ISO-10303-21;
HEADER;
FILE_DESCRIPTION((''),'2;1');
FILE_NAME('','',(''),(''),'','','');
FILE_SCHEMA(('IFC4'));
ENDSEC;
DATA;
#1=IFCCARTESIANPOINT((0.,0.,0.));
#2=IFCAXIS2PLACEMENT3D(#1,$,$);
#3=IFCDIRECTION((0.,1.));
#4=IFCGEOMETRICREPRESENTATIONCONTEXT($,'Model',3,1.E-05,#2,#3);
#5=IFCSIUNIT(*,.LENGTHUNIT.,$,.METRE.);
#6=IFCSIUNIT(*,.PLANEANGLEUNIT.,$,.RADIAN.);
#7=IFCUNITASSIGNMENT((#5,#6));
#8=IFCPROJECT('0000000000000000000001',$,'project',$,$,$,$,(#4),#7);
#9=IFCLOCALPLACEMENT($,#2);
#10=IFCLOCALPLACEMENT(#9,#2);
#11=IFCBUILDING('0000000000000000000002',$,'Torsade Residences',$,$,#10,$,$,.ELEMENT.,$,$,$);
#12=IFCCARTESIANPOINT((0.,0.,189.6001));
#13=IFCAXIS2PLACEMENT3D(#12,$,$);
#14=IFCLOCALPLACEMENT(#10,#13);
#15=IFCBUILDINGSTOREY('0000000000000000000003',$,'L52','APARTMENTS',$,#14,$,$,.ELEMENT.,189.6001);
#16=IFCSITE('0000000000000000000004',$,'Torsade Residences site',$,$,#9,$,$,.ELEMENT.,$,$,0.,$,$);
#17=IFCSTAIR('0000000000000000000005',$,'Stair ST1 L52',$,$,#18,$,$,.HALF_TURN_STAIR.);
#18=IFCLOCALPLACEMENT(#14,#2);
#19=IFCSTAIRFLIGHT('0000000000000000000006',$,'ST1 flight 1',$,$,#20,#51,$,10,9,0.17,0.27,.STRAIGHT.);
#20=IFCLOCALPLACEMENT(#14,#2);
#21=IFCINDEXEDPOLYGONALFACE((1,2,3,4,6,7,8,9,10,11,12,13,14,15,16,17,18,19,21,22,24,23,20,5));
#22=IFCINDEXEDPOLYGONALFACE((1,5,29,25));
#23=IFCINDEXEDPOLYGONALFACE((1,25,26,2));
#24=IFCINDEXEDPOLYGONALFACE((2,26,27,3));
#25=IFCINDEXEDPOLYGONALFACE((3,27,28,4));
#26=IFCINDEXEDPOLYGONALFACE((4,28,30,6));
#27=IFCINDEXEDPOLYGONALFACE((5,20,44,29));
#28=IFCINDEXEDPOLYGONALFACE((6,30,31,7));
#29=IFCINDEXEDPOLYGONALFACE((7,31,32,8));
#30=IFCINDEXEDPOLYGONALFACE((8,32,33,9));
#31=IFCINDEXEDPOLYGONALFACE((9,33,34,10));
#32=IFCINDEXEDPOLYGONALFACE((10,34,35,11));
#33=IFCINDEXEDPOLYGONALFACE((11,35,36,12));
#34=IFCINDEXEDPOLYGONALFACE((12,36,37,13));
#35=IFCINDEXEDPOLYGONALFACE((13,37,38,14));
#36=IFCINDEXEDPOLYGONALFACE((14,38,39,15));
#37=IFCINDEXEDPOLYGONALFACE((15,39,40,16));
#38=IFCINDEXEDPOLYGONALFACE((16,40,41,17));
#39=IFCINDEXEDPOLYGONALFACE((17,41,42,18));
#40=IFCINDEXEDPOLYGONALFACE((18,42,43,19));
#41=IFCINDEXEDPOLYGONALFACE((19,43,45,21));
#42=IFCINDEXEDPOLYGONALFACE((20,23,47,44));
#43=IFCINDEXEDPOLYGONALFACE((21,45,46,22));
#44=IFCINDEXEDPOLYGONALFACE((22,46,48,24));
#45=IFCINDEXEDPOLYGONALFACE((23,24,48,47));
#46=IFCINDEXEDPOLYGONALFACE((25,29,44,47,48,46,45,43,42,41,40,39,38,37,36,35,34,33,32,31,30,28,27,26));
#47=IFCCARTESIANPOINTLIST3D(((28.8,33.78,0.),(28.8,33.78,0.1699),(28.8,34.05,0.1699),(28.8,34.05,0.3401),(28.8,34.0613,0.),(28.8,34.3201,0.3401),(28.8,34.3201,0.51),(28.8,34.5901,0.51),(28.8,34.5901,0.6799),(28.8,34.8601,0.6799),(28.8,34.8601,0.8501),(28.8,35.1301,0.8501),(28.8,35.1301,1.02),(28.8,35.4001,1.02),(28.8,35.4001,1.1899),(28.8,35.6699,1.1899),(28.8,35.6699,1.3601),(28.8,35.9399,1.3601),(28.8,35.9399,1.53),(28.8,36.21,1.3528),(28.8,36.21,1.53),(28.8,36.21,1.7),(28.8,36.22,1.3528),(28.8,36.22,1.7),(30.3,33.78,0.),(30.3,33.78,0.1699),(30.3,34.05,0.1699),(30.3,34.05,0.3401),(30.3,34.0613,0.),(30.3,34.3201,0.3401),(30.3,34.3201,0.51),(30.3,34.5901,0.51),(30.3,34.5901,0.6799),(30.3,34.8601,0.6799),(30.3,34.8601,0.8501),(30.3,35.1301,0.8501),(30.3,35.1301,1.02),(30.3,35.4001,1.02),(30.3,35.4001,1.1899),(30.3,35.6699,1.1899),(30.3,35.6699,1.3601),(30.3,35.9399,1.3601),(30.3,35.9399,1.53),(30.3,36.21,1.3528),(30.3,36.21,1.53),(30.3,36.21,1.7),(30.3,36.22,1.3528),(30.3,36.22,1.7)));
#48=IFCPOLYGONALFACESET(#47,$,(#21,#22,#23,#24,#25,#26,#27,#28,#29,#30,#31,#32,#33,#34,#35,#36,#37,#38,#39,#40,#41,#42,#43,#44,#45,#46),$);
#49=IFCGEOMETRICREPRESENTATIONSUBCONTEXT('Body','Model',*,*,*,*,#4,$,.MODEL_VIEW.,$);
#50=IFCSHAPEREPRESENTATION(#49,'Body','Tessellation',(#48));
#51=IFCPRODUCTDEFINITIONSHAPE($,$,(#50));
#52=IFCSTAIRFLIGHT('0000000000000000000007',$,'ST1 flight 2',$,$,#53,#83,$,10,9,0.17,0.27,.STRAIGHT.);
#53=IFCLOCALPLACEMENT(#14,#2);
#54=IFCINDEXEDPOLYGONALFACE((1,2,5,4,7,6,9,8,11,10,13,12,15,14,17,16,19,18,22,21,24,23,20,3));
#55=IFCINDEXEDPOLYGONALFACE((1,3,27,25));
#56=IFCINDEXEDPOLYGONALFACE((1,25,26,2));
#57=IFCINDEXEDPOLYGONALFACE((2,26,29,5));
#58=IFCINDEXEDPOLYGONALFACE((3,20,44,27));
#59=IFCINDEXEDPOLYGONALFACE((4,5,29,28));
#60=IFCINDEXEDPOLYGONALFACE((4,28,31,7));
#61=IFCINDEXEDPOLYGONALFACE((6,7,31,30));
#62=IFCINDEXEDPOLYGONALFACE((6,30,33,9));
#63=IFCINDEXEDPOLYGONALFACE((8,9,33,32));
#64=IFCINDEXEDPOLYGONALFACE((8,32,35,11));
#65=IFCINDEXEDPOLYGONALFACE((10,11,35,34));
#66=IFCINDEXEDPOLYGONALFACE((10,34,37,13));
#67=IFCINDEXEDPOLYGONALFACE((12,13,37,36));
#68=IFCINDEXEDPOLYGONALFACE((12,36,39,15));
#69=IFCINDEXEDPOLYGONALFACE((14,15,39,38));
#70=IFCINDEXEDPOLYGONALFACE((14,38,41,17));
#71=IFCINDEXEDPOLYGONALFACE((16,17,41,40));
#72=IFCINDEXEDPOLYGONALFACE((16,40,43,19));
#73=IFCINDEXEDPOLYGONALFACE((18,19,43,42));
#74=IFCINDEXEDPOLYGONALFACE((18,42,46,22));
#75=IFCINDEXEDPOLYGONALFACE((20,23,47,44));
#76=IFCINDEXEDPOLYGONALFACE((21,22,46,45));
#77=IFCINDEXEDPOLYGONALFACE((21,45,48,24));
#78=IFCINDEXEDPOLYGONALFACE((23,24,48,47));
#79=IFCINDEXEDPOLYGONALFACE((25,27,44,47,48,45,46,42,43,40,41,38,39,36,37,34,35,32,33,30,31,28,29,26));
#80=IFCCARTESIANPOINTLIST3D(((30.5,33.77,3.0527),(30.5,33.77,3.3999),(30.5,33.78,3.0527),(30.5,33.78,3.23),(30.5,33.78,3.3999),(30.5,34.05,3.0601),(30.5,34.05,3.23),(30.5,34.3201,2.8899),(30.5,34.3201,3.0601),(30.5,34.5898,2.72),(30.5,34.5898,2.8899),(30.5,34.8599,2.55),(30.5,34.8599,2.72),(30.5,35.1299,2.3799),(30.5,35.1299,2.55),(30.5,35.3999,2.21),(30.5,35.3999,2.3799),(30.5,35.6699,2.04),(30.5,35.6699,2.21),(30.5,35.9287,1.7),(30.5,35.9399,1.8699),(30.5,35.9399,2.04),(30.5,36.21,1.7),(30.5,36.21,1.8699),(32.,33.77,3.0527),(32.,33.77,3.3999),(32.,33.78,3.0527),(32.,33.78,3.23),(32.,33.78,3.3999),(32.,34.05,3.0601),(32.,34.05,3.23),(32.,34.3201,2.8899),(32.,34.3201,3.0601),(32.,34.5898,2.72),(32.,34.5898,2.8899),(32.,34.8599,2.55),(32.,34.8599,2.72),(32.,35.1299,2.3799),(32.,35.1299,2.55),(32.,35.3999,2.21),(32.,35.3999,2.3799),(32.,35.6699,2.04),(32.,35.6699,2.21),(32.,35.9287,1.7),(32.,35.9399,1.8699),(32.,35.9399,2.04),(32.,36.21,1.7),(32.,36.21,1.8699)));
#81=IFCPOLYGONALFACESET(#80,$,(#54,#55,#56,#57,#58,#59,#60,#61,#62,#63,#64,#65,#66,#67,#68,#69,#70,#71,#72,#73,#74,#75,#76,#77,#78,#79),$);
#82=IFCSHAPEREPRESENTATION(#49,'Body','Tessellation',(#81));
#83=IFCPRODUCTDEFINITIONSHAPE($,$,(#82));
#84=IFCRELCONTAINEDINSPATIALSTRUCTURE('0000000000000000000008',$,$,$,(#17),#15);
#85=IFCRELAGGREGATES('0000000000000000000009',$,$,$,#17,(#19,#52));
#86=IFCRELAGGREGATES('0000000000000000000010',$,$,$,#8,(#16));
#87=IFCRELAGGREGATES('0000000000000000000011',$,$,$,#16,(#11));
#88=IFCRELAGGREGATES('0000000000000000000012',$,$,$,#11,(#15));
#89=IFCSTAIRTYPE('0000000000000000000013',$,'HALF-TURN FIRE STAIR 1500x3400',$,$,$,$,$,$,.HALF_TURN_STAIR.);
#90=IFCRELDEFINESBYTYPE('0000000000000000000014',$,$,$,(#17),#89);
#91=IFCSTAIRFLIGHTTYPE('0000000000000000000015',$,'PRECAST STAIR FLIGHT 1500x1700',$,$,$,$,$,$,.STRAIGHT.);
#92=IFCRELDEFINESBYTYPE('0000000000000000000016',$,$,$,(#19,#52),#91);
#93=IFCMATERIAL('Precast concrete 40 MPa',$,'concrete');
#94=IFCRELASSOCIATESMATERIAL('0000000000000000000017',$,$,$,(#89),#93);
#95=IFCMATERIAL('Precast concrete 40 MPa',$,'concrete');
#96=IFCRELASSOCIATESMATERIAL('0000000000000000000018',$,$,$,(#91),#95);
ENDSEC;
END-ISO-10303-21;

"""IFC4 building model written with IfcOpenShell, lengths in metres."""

from ifc_helpers import new_model, si_unit, direction, frame, origin, place, context, subcontext, project, spatial, polyline, outline, extrude, material, type_object, element, aggregate, save


model = new_model("IFC4")

# Units and contexts
model_context = context("Model", 3, precision=1e-05, world=origin(), true_north=direction((0.0, 1.0)))
body_context = subcontext(model_context, "Body", "Model", "MODEL_VIEW")
ifc_project = project(units=[si_unit("LENGTHUNIT", "METRE"), si_unit("PLANEANGLEUNIT", "RADIAN")], contexts=[model_context])

# Site, building, storey
site_placement = place(None, origin())
site = spatial("IfcSite", under=ifc_project, at=site_placement, Name="Torsade Residences site", CompositionType="ELEMENT", RefElevation=0.0)
building_placement = place(site_placement, origin())
building = spatial("IfcBuilding", under=site, at=building_placement, Name="Torsade Residences", CompositionType="ELEMENT")
storey_placement = place(building_placement, frame((0.0, 0.0, 189.6001)))
storey = spatial("IfcBuildingStorey", under=building, at=storey_placement, Name="L52", Description="APARTMENTS", CompositionType="ELEMENT", Elevation=189.6001)

# Stair, stair flights
ifc_material_1 = material(Name="Precast concrete 40 MPa", Category="concrete")
stair_type = type_object("IfcStairType", Name="HALF-TURN FIRE STAIR 1500x3400", PredefinedType="HALF_TURN_STAIR", material=ifc_material_1)
stair_placement = place(storey_placement, origin())
stair = element("IfcStair", 1, at=stair_placement, inside=storey, type_object=stair_type, Name="Stair ST1 L52", PredefinedType="HALF_TURN_STAIR")
ifc_material_2 = material(Name="Precast concrete 40 MPa", Category="concrete")
stair_flight_type = type_object("IfcStairFlightType", Name="PRECAST STAIR FLIGHT 1500x1700", PredefinedType="STRAIGHT", material=ifc_material_2)
stair_flight_1_placement = place(storey_placement, frame((29.55, 33.78, 0.0), z_axis=(0.0, 0.0, 1.0), x_axis=(0.0, 1.0, 0.0)))
stair_flight_1 = element("IfcStairFlight", 2, at=stair_flight_1_placement, type_object=stair_flight_type, Name="ST1 flight 1", NumberOfRisers=10, NumberOfTreads=9, PredefinedType="STRAIGHT", RiserHeight=0.17, TreadLength=0.27, context=body_context, shape_type="SweptSolid", body=[
    extrude(outline(polyline([(0.0, 0.0), (0.0, 0.1699), (0.27, 0.1699), (0.27, 0.3401), (0.54, 0.3401), (0.54, 0.51), (0.8101, 0.51), (0.8101, 0.6799), (1.0801, 0.6799), (1.0801, 0.8501), (1.3501, 0.8501), (1.3501, 1.02), (1.6201, 1.02), (1.6201, 1.1899), (1.8899, 1.1899), (1.8899, 1.3601), (2.1599, 1.3601), (2.1599, 1.53), (2.4299, 1.53), (2.4299, 1.7), (2.4399, 1.7), (2.4399, 1.3528), (2.4299, 1.3528), (0.2812, 0.0), (0.0, 0.0)])), frame((0.0, 0.75, 0.0), z_axis=(0.0, -1.0, 0.0), x_axis=(1.0, 0.0, 0.0)), (0.0, 0.0, 1.0), 1.5),
])
stair_flight_2_placement = place(storey_placement, frame((31.25, 36.21, 1.7), z_axis=(0.0, 0.0, 1.0), x_axis=(0.0, -1.0, 0.0)))
stair_flight_2 = element("IfcStairFlight", 3, at=stair_flight_2_placement, type_object=stair_flight_type, Name="ST1 flight 2", NumberOfRisers=10, NumberOfTreads=9, PredefinedType="STRAIGHT", RiserHeight=0.17, TreadLength=0.27, context=body_context, shape_type="SweptSolid", body=[
    extrude(outline(polyline([(0.0, 0.0), (0.0, 0.1699), (0.27, 0.1699), (0.27, 0.3401), (0.54, 0.3401), (0.54, 0.51), (0.8101, 0.51), (0.8101, 0.6799), (1.0801, 0.6799), (1.0801, 0.8501), (1.3501, 0.8501), (1.3501, 1.02), (1.6201, 1.02), (1.6201, 1.1899), (1.8899, 1.1899), (1.8899, 1.3601), (2.1599, 1.3601), (2.1599, 1.53), (2.4299, 1.53), (2.4299, 1.7), (2.4399, 1.7), (2.4399, 1.3528), (2.4299, 1.3528), (0.2812, 0.0), (0.0, 0.0)])), frame((0.0, 0.75, 0.0), z_axis=(0.0, -1.0, 0.0), x_axis=(1.0, 0.0, 0.0)), (0.0, 0.0, 1.0), 1.5),
])
aggregate(stair, [stair_flight_1, stair_flight_2])

save(model, "model.ifc")
